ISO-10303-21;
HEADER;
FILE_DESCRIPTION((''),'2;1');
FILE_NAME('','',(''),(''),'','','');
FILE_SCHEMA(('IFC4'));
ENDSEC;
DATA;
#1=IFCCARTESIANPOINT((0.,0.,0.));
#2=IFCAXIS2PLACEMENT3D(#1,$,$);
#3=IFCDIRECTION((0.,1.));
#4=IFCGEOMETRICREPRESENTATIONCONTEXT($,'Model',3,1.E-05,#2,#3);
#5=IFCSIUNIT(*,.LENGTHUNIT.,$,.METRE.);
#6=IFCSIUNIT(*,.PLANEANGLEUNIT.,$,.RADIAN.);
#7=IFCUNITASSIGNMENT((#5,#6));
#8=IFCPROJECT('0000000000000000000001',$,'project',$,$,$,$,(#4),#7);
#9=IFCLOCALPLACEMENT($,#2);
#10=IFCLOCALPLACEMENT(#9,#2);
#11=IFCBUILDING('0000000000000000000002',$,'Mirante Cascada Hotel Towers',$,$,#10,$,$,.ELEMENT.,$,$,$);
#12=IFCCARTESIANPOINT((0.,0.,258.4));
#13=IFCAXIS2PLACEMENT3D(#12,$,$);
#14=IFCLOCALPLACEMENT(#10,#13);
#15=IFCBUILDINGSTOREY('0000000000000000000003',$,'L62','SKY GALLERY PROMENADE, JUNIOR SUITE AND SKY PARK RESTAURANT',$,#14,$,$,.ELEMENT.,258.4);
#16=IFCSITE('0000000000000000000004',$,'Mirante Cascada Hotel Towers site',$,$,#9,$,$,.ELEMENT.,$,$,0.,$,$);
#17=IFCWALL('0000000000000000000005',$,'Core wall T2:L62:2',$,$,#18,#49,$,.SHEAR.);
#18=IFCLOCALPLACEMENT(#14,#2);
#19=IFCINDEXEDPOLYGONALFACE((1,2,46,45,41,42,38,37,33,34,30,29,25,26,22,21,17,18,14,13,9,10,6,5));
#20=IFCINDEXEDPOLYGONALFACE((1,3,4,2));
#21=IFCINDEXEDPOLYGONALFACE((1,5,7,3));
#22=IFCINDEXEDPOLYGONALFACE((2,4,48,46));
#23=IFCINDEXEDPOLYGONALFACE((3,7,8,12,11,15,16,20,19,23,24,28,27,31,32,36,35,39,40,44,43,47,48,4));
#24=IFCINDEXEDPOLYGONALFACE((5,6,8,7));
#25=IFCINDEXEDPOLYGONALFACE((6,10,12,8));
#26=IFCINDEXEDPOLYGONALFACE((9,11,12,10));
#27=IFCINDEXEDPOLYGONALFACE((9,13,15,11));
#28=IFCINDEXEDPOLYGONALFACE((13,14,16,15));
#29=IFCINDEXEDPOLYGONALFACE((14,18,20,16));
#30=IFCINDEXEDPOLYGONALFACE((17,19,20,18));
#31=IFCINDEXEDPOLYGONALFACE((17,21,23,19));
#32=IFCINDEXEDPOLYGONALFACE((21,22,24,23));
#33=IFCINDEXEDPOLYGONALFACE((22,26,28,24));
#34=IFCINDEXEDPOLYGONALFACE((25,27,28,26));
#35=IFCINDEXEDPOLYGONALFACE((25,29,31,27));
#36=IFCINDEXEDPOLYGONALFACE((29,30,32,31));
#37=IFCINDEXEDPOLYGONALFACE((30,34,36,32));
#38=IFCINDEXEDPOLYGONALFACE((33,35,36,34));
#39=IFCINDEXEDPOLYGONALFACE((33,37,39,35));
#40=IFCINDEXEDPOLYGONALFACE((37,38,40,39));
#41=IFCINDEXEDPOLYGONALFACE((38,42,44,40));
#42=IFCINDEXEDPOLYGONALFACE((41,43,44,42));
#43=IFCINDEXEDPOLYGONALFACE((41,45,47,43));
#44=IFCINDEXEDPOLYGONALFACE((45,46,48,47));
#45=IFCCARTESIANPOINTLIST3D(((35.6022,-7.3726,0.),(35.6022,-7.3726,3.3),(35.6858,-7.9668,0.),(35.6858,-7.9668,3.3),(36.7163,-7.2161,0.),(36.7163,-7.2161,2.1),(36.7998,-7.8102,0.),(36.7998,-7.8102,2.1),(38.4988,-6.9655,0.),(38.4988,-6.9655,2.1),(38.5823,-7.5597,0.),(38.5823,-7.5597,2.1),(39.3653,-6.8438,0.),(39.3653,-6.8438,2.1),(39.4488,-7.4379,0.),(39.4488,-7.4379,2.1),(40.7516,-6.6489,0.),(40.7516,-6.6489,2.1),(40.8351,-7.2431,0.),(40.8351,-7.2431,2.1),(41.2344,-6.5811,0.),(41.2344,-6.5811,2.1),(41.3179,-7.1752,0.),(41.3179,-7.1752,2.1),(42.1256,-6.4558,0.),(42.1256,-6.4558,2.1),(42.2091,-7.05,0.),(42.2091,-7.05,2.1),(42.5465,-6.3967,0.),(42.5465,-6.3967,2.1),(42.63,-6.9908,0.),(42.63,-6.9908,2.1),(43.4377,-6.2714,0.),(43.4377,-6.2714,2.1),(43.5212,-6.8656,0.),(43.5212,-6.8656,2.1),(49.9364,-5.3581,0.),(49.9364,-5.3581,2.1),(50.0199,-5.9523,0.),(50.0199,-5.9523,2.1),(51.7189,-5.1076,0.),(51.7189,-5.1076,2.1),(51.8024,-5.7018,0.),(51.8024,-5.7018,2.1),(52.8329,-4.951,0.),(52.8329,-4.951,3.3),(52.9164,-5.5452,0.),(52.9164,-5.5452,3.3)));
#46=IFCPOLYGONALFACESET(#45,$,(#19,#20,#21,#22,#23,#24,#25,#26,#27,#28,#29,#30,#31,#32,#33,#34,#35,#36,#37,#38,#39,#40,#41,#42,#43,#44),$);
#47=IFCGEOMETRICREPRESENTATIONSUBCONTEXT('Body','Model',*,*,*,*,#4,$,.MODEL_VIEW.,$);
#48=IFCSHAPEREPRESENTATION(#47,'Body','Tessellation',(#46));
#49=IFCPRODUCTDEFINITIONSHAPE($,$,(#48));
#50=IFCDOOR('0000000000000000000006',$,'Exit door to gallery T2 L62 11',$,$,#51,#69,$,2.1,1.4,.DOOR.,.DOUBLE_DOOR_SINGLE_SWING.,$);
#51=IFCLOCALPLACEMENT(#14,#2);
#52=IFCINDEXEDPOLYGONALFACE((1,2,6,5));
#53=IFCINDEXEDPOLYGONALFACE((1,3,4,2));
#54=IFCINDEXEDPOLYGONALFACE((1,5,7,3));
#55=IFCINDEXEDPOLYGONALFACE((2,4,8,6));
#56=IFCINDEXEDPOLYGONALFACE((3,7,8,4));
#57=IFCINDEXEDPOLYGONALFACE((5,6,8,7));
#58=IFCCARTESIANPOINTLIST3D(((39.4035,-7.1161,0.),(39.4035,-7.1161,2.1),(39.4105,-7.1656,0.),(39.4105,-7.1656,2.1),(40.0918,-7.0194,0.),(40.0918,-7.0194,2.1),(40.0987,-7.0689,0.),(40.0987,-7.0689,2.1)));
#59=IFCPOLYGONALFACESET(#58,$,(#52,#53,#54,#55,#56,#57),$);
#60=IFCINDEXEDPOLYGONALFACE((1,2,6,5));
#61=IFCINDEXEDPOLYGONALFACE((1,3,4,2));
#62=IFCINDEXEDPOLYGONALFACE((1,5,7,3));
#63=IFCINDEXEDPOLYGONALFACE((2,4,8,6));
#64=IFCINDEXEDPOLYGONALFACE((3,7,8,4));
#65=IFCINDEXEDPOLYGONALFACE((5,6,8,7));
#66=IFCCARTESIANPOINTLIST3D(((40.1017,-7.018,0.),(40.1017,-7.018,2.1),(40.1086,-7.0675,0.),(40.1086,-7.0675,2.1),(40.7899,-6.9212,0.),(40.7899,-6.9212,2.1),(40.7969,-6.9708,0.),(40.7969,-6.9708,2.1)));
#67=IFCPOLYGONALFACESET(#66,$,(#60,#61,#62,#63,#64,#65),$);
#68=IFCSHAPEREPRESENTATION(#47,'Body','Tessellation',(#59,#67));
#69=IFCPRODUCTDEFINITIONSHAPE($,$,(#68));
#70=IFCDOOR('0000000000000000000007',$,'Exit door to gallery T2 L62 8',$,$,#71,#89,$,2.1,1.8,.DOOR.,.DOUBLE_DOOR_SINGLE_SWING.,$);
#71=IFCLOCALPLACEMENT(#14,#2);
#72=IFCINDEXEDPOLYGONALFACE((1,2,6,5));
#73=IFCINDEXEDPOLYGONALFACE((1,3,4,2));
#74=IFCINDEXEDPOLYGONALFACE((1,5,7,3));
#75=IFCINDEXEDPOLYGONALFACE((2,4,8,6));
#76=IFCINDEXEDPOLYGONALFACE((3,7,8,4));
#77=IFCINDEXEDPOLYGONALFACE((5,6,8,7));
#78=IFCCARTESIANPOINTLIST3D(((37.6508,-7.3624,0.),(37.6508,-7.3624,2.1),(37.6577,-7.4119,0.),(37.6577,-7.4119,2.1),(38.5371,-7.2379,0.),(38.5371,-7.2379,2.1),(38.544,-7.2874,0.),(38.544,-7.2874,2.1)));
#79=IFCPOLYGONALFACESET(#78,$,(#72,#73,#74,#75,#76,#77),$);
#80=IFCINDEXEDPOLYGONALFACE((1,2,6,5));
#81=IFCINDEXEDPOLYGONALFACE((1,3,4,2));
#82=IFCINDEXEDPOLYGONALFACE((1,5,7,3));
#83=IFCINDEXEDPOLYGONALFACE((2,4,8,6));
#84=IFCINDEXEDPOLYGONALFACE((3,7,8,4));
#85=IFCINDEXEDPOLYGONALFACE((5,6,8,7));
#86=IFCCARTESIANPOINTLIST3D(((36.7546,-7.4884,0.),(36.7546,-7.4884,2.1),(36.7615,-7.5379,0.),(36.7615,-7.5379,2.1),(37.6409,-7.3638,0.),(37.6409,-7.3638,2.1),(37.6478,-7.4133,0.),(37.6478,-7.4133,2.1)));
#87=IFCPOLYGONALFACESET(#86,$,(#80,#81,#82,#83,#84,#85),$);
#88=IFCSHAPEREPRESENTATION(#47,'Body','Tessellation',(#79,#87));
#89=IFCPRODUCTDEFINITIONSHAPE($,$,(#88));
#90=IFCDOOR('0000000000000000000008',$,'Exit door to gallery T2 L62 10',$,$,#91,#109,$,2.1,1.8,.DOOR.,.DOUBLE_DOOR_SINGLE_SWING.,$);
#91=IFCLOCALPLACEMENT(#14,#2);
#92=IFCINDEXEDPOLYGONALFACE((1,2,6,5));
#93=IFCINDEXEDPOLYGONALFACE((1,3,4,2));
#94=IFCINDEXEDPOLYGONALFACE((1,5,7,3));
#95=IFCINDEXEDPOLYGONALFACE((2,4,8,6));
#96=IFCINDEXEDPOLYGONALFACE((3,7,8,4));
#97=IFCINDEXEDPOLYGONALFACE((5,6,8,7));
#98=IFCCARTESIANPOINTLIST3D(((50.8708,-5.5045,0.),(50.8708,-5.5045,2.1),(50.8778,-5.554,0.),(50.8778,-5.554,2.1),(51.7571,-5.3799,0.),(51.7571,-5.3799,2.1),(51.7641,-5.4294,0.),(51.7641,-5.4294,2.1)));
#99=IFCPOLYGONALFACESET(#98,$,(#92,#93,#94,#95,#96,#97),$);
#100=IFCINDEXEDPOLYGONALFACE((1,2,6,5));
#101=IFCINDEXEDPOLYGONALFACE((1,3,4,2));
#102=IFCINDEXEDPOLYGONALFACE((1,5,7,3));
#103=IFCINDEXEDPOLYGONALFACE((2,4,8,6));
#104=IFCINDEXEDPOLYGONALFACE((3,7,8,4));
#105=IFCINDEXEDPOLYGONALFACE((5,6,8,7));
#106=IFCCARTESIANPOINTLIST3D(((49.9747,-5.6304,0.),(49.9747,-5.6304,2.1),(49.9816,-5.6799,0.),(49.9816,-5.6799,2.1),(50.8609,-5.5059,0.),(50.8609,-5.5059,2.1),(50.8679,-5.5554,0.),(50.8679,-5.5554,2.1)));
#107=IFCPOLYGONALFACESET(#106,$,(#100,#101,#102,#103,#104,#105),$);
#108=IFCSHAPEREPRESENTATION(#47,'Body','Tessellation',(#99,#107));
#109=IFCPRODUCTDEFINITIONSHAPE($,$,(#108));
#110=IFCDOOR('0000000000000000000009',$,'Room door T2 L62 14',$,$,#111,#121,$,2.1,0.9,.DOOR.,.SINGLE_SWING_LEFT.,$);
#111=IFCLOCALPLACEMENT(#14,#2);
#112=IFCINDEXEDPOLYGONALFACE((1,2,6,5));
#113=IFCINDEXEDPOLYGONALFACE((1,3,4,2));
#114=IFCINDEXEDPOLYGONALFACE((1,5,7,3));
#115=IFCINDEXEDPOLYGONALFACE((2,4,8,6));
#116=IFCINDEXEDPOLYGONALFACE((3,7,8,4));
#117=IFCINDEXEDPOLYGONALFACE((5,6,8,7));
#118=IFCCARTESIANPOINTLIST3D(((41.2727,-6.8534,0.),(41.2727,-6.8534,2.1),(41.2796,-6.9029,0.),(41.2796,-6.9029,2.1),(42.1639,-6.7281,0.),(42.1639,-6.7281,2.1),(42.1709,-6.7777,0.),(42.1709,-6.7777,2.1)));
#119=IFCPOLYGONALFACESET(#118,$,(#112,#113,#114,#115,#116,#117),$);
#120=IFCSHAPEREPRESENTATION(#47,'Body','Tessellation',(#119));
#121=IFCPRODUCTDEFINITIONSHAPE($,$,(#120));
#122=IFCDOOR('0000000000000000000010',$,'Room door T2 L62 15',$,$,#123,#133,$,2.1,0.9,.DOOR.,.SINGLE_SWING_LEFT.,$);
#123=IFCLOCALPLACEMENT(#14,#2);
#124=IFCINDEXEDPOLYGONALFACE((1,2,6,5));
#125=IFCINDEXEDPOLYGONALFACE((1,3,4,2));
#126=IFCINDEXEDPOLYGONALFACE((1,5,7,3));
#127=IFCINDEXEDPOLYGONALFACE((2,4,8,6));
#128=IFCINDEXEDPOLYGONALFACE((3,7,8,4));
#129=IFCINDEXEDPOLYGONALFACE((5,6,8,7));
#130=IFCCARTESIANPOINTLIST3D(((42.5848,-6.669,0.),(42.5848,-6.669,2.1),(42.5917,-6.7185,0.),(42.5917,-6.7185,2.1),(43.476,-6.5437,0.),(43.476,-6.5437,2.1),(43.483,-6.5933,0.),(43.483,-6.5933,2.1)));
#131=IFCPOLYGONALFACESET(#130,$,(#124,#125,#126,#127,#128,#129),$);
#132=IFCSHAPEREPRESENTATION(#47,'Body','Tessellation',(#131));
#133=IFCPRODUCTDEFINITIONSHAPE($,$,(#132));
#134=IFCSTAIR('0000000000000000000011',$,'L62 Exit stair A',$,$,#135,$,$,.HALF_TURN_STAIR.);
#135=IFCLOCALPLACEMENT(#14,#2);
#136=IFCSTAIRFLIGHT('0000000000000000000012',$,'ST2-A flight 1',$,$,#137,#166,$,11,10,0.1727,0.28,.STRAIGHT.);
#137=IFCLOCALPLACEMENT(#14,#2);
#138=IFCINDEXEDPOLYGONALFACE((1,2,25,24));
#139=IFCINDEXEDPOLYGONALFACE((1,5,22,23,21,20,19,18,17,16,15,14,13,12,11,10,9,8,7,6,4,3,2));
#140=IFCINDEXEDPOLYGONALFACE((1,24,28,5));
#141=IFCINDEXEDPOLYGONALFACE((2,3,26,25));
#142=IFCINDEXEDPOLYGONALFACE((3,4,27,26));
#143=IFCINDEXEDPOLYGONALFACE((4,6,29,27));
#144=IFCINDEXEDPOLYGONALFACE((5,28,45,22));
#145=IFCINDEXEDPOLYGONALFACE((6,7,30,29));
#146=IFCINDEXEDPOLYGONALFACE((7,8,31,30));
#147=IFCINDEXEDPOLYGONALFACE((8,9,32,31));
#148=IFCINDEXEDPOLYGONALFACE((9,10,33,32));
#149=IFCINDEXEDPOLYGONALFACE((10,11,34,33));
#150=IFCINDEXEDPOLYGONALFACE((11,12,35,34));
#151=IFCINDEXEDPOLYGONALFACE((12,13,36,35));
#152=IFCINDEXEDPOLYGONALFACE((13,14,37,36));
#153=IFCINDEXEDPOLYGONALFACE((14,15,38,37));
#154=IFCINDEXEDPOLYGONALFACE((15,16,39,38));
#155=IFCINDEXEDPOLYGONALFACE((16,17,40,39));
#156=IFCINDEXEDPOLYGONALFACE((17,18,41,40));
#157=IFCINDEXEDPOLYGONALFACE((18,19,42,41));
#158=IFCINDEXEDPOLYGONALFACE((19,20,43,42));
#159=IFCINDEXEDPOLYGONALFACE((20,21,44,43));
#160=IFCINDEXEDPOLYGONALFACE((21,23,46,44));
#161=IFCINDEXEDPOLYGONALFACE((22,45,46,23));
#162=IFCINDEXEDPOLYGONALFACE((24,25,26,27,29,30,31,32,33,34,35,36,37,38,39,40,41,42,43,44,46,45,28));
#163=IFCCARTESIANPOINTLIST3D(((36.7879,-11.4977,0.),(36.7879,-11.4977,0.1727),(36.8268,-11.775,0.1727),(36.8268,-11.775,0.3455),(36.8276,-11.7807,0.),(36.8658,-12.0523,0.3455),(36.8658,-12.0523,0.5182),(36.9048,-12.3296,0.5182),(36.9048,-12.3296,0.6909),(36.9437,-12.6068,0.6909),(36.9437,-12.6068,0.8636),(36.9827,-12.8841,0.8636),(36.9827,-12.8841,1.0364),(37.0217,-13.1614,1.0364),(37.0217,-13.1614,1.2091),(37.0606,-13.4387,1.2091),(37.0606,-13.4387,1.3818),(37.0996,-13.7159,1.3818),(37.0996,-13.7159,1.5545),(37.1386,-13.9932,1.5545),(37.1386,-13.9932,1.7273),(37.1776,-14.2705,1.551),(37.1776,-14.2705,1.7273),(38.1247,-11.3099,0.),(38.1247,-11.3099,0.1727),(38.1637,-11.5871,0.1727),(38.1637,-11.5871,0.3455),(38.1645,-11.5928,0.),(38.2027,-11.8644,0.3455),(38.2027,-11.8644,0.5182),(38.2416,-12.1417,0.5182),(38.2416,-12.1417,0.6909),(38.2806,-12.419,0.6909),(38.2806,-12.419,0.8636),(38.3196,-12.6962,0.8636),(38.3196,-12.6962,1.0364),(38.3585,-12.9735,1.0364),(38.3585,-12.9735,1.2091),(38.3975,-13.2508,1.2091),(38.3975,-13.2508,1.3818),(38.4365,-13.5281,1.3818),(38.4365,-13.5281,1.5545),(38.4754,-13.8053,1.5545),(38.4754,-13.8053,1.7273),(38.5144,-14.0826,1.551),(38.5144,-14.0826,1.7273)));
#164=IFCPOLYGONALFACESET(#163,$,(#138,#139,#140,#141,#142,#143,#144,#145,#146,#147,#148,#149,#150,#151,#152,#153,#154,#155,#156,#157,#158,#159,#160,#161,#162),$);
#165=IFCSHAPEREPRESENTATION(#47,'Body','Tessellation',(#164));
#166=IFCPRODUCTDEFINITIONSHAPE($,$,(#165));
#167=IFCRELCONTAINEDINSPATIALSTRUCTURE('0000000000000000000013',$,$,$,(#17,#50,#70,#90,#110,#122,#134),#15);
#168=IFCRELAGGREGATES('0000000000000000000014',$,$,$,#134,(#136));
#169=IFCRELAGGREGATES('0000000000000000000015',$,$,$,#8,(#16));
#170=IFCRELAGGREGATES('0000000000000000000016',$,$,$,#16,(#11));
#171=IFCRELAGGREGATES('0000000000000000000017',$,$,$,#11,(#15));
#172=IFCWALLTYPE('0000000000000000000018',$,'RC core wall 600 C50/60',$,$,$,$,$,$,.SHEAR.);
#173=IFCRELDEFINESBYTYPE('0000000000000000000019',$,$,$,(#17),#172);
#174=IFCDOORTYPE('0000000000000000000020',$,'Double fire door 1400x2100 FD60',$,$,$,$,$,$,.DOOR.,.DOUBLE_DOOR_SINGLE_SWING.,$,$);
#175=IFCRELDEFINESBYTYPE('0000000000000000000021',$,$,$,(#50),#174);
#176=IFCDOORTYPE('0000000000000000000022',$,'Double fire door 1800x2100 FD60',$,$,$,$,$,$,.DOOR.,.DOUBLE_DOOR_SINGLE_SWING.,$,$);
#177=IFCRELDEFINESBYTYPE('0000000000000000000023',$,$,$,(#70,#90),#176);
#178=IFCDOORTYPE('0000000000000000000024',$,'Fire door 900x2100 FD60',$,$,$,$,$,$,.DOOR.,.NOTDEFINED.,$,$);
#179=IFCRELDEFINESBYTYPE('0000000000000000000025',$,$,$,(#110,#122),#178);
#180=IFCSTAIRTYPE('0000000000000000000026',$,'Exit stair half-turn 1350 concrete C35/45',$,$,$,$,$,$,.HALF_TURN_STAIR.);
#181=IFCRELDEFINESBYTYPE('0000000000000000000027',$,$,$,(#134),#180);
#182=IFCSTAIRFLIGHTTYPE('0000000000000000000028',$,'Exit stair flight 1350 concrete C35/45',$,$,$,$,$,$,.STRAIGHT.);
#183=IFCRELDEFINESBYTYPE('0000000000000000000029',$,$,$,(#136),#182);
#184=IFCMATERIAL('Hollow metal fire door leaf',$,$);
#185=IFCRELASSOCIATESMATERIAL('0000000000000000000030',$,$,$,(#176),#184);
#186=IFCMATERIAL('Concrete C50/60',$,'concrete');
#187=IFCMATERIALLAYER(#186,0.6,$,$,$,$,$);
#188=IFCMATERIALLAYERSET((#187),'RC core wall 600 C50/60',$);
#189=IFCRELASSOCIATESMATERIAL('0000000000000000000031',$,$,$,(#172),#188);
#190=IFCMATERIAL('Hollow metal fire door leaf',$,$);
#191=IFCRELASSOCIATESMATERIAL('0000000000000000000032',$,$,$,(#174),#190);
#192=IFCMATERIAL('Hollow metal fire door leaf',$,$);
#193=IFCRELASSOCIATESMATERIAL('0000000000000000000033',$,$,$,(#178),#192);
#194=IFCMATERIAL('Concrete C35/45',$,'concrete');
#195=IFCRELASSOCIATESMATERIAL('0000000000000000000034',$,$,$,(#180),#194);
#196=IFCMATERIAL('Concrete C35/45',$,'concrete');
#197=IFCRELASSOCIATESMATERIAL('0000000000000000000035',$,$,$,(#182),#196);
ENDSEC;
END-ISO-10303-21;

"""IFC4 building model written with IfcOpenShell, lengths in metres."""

from ifc_helpers import new_model, si_unit, direction, frame, frame_2d, origin, place, context, subcontext, project, spatial, polyline, rectangle, outline, extrude, material, layer, layer_set, type_object, element, fill, aggregate, save


model = new_model("IFC4")

# Units and contexts
model_context = context("Model", 3, precision=1e-05, world=origin(), true_north=direction((0.0, 1.0)))
body_context = subcontext(model_context, "Body", "Model", "MODEL_VIEW")
ifc_project = project(units=[si_unit("LENGTHUNIT", "METRE"), si_unit("PLANEANGLEUNIT", "RADIAN")], contexts=[model_context])

# Site, building, storey
site_placement = place(None, origin())
site = spatial("IfcSite", under=ifc_project, at=site_placement, Name="Mirante Cascada Hotel Towers site", CompositionType="ELEMENT", RefElevation=0.0)
building_placement = place(site_placement, origin())
building = spatial("IfcBuilding", under=site, at=building_placement, Name="Mirante Cascada Hotel Towers", CompositionType="ELEMENT")
storey_placement = place(building_placement, frame((0.0, 0.0, 258.4)))
storey = spatial("IfcBuildingStorey", under=building, at=storey_placement, Name="L62", Description="SKY GALLERY PROMENADE, JUNIOR SUITE AND SKY PARK RESTAURANT", CompositionType="ELEMENT", Elevation=258.4)

# Shared definitions
ifc_material_1 = material(Name="Hollow metal fire door leaf")
door_type_1 = type_object("IfcDoorType", Name="Double fire door 1800x2100 FD60", OperationType="DOUBLE_DOOR_SINGLE_SWING", PredefinedType="DOOR", material=ifc_material_1)

# Wall, openings, doors
ifc_material_2 = material(Name="Concrete C50/60", Category="concrete")
ifc_layer_1 = layer(ifc_material_2, 0.6)
ifc_layer_set_1 = layer_set([ifc_layer_1], Name="RC core wall 600 C50/60")
wall_type_1 = type_object("IfcWallType", Name="RC core wall 600 C50/60", PredefinedType="SHEAR", material=ifc_layer_set_1)
wall_1_placement = place(storey_placement, frame((35.644, -7.6697, 0.0), z_axis=(0.0, 0.0, 1.0), x_axis=(0.990268, 0.139172, 0.0)))
wall_1 = element("IfcWall", 1, at=wall_1_placement, inside=storey, type_object=wall_type_1, Name="Core wall T2:L62:2", PredefinedType="SHEAR", context=body_context, shape_type="SweptSolid", body=[
    extrude(rectangle(XDim=17.4, YDim=0.6, at=frame_2d((8.7, 0.0))), origin(), (0.0, 0.0, 1.0), 3.3),
])
opening_1_placement = place(wall_1_placement, frame((1.125, 0.0, 0.0)))
opening_1 = element("IfcOpeningElement", 2, at=opening_1_placement, cuts=wall_1, PredefinedType="OPENING", context=body_context, shape_type="SweptSolid", body=[
    extrude(rectangle(XDim=1.8, YDim=2.1, at=frame_2d((0.9, 1.05))), frame((0.0, 0.3, 0.0), z_axis=(0.0, -1.0, 0.0), x_axis=(1.0, 0.0, 0.0)), (0.0, 0.0, 1.0), 0.6),
])
opening_2_placement = place(wall_1_placement, frame((14.475, 0.0, 0.0)))
opening_2 = element("IfcOpeningElement", 3, at=opening_2_placement, cuts=wall_1, PredefinedType="OPENING", context=body_context, shape_type="SweptSolid", body=[
    extrude(rectangle(XDim=1.8, YDim=2.1, at=frame_2d((0.9, 1.05))), frame((0.0, 0.3, 0.0), z_axis=(0.0, -1.0, 0.0), x_axis=(1.0, 0.0, 0.0)), (0.0, 0.0, 1.0), 0.6),
])
opening_3_placement = place(wall_1_placement, frame((3.8, 0.0, 0.0)))
opening_3 = element("IfcOpeningElement", 4, at=opening_3_placement, cuts=wall_1, PredefinedType="OPENING", context=body_context, shape_type="SweptSolid", body=[
    extrude(rectangle(XDim=1.4, YDim=2.1, at=frame_2d((0.7, 1.05))), frame((0.0, 0.3, 0.0), z_axis=(0.0, -1.0, 0.0), x_axis=(1.0, 0.0, 0.0)), (0.0, 0.0, 1.0), 0.6),
])
opening_4_placement = place(wall_1_placement, frame((5.6875, 0.0, 0.0)))
opening_4 = element("IfcOpeningElement", 5, at=opening_4_placement, cuts=wall_1, PredefinedType="OPENING", context=body_context, shape_type="SweptSolid", body=[
    extrude(rectangle(XDim=0.9, YDim=2.1, at=frame_2d((0.45, 1.05))), frame((0.0, 0.3, 0.0), z_axis=(0.0, -1.0, 0.0), x_axis=(1.0, 0.0, 0.0)), (0.0, 0.0, 1.0), 0.6),
])
opening_5_placement = place(wall_1_placement, frame((7.0125, 0.0, 0.0)))
opening_5 = element("IfcOpeningElement", 6, at=opening_5_placement, cuts=wall_1, PredefinedType="OPENING", context=body_context, shape_type="SweptSolid", body=[
    extrude(rectangle(XDim=0.9, YDim=2.1, at=frame_2d((0.45, 1.05))), frame((0.0, 0.3, 0.0), z_axis=(0.0, -1.0, 0.0), x_axis=(1.0, 0.0, 0.0)), (0.0, 0.0, 1.0), 0.6),
])
ifc_material_3 = material(Name="Hollow metal fire door leaf")
door_type_2 = type_object("IfcDoorType", Name="Double fire door 1400x2100 FD60", OperationType="DOUBLE_DOOR_SINGLE_SWING", PredefinedType="DOOR", material=ifc_material_3)
door_1_placement = place(opening_3_placement, origin())
door_1 = element("IfcDoor", 7, at=door_1_placement, inside=storey, type_object=door_type_2, Name="Exit door to gallery T2 L62 11", OperationType="DOUBLE_DOOR_SINGLE_SWING", OverallHeight=2.1, OverallWidth=1.4, PredefinedType="DOOR", context=body_context, shape_type="SweptSolid", body=[
    extrude(rectangle(XDim=0.695, YDim=2.1, at=frame_2d((0.3475, 1.05))), frame((0.0, 0.025, 0.0), z_axis=(0.0, -1.0, 0.0), x_axis=(1.0, 0.0, 0.0)), (0.0, 0.0, 1.0), 0.05),
    extrude(rectangle(XDim=0.695, YDim=2.1, at=frame_2d((1.0525, 1.05))), frame((0.0, 0.025, 0.0), z_axis=(0.0, -1.0, 0.0), x_axis=(1.0, 0.0, 0.0)), (0.0, 0.0, 1.0), 0.05),
])
fill(opening_3, door_1)
door_2_placement = place(opening_1_placement, frame((1.8, 0.0, 0.0), z_axis=(0.0, 0.0, 1.0), x_axis=(-1.0, 0.0, 0.0)))
door_2 = element("IfcDoor", 8, at=door_2_placement, inside=storey, type_object=door_type_1, Name="Exit door to gallery T2 L62 8", OperationType="DOUBLE_DOOR_SINGLE_SWING", OverallHeight=2.1, OverallWidth=1.8, PredefinedType="DOOR", context=body_context, shape_type="SweptSolid", body=[
    extrude(rectangle(XDim=0.895, YDim=2.1, at=frame_2d((0.4475, 1.05))), frame((0.0, 0.025, 0.0), z_axis=(0.0, -1.0, 0.0), x_axis=(1.0, 0.0, 0.0)), (0.0, 0.0, 1.0), 0.05),
    extrude(rectangle(XDim=0.895, YDim=2.1, at=frame_2d((1.3525, 1.05))), frame((0.0, 0.025, 0.0), z_axis=(0.0, -1.0, 0.0), x_axis=(1.0, 0.0, 0.0)), (0.0, 0.0, 1.0), 0.05),
])
fill(opening_1, door_2)
door_3_placement = place(opening_2_placement, frame((1.8, 0.0, 0.0), z_axis=(0.0, 0.0, 1.0), x_axis=(-1.0, 0.0, 0.0)))
door_3 = element("IfcDoor", 9, at=door_3_placement, inside=storey, type_object=door_type_1, Name="Exit door to gallery T2 L62 10", OperationType="DOUBLE_DOOR_SINGLE_SWING", OverallHeight=2.1, OverallWidth=1.8, PredefinedType="DOOR", context=body_context, shape_type="SweptSolid", body=[
    extrude(rectangle(XDim=0.895, YDim=2.1, at=frame_2d((0.4475, 1.05))), frame((0.0, 0.025, 0.0), z_axis=(0.0, -1.0, 0.0), x_axis=(1.0, 0.0, 0.0)), (0.0, 0.0, 1.0), 0.05),
    extrude(rectangle(XDim=0.895, YDim=2.1, at=frame_2d((1.3525, 1.05))), frame((0.0, 0.025, 0.0), z_axis=(0.0, -1.0, 0.0), x_axis=(1.0, 0.0, 0.0)), (0.0, 0.0, 1.0), 0.05),
])
fill(opening_2, door_3)
ifc_material_4 = material(Name="Hollow metal fire door leaf")
door_type_3 = type_object("IfcDoorType", Name="Fire door 900x2100 FD60", OperationType="NOTDEFINED", PredefinedType="DOOR", material=ifc_material_4)
door_4_placement = place(opening_4_placement, frame((0.9, 0.0, 0.0), z_axis=(0.0, 0.0, 1.0), x_axis=(-1.0, 0.0, 0.0)))
door_4 = element("IfcDoor", 10, at=door_4_placement, inside=storey, type_object=door_type_3, Name="Room door T2 L62 14", OperationType="SINGLE_SWING_LEFT", OverallHeight=2.1, OverallWidth=0.9, PredefinedType="DOOR", context=body_context, shape_type="SweptSolid", body=[
    extrude(rectangle(XDim=0.9, YDim=2.1, at=frame_2d((0.45, 1.05))), frame((0.0, 0.025, 0.0), z_axis=(0.0, -1.0, 0.0), x_axis=(1.0, 0.0, 0.0)), (0.0, 0.0, 1.0), 0.05),
])
fill(opening_4, door_4)
door_5_placement = place(opening_5_placement, frame((0.9, 0.0, 0.0), z_axis=(0.0, 0.0, 1.0), x_axis=(-1.0, 0.0, 0.0)))
door_5 = element("IfcDoor", 11, at=door_5_placement, inside=storey, type_object=door_type_3, Name="Room door T2 L62 15", OperationType="SINGLE_SWING_LEFT", OverallHeight=2.1, OverallWidth=0.9, PredefinedType="DOOR", context=body_context, shape_type="SweptSolid", body=[
    extrude(rectangle(XDim=0.9, YDim=2.1, at=frame_2d((0.45, 1.05))), frame((0.0, 0.025, 0.0), z_axis=(0.0, -1.0, 0.0), x_axis=(1.0, 0.0, 0.0)), (0.0, 0.0, 1.0), 0.05),
])
fill(opening_5, door_5)

# Stair, stair flight
ifc_material_5 = material(Name="Concrete C35/45", Category="concrete")
stair_type = type_object("IfcStairType", Name="Exit stair half-turn 1350 concrete C35/45", PredefinedType="HALF_TURN_STAIR", material=ifc_material_5)
stair_placement = place(storey_placement, origin())
stair = element("IfcStair", 12, at=stair_placement, inside=storey, type_object=stair_type, Name="L62 Exit stair A", PredefinedType="HALF_TURN_STAIR")
ifc_material_6 = material(Name="Concrete C35/45", Category="concrete")
stair_flight_type = type_object("IfcStairFlightType", Name="Exit stair flight 1350 concrete C35/45", PredefinedType="STRAIGHT", material=ifc_material_6)
stair_flight_placement = place(storey_placement, frame((37.4563, -11.4038, 0.0), z_axis=(0.0, 0.0, 1.0), x_axis=(0.139173, -0.990268, 0.0)))
stair_flight = element("IfcStairFlight", 13, at=stair_flight_placement, type_object=stair_flight_type, Name="ST2-A flight 1", NumberOfRisers=11, NumberOfTreads=10, PredefinedType="STRAIGHT", RiserHeight=0.1727, TreadLength=0.28, context=body_context, shape_type="SweptSolid", body=[
    extrude(outline(polyline([(0.0, 0.0), (0.0, 0.1727), (0.28, 0.1727), (0.28, 0.3455), (0.56, 0.3455), (0.56, 0.5182), (0.84, 0.5182), (0.84, 0.6909), (1.12, 0.6909), (1.12, 0.8636), (1.4, 0.8636), (1.4, 1.0364), (1.68, 1.0364), (1.68, 1.2091), (1.96, 1.2091), (1.96, 1.3818), (2.24, 1.3818), (2.24, 1.5545), (2.52, 1.5545), (2.52, 1.7273), (2.8, 1.7273), (2.8, 1.9), (2.8, 1.551), (0.2857, 0.0), (0.0, 0.0)])), frame((0.0, 0.675, 0.0), z_axis=(0.0, -1.0, 0.0), x_axis=(1.0, 0.0, 0.0)), (0.0, 0.0, 1.0), 1.35),
])
aggregate(stair, [stair_flight])

save(model, "model.ifc")
